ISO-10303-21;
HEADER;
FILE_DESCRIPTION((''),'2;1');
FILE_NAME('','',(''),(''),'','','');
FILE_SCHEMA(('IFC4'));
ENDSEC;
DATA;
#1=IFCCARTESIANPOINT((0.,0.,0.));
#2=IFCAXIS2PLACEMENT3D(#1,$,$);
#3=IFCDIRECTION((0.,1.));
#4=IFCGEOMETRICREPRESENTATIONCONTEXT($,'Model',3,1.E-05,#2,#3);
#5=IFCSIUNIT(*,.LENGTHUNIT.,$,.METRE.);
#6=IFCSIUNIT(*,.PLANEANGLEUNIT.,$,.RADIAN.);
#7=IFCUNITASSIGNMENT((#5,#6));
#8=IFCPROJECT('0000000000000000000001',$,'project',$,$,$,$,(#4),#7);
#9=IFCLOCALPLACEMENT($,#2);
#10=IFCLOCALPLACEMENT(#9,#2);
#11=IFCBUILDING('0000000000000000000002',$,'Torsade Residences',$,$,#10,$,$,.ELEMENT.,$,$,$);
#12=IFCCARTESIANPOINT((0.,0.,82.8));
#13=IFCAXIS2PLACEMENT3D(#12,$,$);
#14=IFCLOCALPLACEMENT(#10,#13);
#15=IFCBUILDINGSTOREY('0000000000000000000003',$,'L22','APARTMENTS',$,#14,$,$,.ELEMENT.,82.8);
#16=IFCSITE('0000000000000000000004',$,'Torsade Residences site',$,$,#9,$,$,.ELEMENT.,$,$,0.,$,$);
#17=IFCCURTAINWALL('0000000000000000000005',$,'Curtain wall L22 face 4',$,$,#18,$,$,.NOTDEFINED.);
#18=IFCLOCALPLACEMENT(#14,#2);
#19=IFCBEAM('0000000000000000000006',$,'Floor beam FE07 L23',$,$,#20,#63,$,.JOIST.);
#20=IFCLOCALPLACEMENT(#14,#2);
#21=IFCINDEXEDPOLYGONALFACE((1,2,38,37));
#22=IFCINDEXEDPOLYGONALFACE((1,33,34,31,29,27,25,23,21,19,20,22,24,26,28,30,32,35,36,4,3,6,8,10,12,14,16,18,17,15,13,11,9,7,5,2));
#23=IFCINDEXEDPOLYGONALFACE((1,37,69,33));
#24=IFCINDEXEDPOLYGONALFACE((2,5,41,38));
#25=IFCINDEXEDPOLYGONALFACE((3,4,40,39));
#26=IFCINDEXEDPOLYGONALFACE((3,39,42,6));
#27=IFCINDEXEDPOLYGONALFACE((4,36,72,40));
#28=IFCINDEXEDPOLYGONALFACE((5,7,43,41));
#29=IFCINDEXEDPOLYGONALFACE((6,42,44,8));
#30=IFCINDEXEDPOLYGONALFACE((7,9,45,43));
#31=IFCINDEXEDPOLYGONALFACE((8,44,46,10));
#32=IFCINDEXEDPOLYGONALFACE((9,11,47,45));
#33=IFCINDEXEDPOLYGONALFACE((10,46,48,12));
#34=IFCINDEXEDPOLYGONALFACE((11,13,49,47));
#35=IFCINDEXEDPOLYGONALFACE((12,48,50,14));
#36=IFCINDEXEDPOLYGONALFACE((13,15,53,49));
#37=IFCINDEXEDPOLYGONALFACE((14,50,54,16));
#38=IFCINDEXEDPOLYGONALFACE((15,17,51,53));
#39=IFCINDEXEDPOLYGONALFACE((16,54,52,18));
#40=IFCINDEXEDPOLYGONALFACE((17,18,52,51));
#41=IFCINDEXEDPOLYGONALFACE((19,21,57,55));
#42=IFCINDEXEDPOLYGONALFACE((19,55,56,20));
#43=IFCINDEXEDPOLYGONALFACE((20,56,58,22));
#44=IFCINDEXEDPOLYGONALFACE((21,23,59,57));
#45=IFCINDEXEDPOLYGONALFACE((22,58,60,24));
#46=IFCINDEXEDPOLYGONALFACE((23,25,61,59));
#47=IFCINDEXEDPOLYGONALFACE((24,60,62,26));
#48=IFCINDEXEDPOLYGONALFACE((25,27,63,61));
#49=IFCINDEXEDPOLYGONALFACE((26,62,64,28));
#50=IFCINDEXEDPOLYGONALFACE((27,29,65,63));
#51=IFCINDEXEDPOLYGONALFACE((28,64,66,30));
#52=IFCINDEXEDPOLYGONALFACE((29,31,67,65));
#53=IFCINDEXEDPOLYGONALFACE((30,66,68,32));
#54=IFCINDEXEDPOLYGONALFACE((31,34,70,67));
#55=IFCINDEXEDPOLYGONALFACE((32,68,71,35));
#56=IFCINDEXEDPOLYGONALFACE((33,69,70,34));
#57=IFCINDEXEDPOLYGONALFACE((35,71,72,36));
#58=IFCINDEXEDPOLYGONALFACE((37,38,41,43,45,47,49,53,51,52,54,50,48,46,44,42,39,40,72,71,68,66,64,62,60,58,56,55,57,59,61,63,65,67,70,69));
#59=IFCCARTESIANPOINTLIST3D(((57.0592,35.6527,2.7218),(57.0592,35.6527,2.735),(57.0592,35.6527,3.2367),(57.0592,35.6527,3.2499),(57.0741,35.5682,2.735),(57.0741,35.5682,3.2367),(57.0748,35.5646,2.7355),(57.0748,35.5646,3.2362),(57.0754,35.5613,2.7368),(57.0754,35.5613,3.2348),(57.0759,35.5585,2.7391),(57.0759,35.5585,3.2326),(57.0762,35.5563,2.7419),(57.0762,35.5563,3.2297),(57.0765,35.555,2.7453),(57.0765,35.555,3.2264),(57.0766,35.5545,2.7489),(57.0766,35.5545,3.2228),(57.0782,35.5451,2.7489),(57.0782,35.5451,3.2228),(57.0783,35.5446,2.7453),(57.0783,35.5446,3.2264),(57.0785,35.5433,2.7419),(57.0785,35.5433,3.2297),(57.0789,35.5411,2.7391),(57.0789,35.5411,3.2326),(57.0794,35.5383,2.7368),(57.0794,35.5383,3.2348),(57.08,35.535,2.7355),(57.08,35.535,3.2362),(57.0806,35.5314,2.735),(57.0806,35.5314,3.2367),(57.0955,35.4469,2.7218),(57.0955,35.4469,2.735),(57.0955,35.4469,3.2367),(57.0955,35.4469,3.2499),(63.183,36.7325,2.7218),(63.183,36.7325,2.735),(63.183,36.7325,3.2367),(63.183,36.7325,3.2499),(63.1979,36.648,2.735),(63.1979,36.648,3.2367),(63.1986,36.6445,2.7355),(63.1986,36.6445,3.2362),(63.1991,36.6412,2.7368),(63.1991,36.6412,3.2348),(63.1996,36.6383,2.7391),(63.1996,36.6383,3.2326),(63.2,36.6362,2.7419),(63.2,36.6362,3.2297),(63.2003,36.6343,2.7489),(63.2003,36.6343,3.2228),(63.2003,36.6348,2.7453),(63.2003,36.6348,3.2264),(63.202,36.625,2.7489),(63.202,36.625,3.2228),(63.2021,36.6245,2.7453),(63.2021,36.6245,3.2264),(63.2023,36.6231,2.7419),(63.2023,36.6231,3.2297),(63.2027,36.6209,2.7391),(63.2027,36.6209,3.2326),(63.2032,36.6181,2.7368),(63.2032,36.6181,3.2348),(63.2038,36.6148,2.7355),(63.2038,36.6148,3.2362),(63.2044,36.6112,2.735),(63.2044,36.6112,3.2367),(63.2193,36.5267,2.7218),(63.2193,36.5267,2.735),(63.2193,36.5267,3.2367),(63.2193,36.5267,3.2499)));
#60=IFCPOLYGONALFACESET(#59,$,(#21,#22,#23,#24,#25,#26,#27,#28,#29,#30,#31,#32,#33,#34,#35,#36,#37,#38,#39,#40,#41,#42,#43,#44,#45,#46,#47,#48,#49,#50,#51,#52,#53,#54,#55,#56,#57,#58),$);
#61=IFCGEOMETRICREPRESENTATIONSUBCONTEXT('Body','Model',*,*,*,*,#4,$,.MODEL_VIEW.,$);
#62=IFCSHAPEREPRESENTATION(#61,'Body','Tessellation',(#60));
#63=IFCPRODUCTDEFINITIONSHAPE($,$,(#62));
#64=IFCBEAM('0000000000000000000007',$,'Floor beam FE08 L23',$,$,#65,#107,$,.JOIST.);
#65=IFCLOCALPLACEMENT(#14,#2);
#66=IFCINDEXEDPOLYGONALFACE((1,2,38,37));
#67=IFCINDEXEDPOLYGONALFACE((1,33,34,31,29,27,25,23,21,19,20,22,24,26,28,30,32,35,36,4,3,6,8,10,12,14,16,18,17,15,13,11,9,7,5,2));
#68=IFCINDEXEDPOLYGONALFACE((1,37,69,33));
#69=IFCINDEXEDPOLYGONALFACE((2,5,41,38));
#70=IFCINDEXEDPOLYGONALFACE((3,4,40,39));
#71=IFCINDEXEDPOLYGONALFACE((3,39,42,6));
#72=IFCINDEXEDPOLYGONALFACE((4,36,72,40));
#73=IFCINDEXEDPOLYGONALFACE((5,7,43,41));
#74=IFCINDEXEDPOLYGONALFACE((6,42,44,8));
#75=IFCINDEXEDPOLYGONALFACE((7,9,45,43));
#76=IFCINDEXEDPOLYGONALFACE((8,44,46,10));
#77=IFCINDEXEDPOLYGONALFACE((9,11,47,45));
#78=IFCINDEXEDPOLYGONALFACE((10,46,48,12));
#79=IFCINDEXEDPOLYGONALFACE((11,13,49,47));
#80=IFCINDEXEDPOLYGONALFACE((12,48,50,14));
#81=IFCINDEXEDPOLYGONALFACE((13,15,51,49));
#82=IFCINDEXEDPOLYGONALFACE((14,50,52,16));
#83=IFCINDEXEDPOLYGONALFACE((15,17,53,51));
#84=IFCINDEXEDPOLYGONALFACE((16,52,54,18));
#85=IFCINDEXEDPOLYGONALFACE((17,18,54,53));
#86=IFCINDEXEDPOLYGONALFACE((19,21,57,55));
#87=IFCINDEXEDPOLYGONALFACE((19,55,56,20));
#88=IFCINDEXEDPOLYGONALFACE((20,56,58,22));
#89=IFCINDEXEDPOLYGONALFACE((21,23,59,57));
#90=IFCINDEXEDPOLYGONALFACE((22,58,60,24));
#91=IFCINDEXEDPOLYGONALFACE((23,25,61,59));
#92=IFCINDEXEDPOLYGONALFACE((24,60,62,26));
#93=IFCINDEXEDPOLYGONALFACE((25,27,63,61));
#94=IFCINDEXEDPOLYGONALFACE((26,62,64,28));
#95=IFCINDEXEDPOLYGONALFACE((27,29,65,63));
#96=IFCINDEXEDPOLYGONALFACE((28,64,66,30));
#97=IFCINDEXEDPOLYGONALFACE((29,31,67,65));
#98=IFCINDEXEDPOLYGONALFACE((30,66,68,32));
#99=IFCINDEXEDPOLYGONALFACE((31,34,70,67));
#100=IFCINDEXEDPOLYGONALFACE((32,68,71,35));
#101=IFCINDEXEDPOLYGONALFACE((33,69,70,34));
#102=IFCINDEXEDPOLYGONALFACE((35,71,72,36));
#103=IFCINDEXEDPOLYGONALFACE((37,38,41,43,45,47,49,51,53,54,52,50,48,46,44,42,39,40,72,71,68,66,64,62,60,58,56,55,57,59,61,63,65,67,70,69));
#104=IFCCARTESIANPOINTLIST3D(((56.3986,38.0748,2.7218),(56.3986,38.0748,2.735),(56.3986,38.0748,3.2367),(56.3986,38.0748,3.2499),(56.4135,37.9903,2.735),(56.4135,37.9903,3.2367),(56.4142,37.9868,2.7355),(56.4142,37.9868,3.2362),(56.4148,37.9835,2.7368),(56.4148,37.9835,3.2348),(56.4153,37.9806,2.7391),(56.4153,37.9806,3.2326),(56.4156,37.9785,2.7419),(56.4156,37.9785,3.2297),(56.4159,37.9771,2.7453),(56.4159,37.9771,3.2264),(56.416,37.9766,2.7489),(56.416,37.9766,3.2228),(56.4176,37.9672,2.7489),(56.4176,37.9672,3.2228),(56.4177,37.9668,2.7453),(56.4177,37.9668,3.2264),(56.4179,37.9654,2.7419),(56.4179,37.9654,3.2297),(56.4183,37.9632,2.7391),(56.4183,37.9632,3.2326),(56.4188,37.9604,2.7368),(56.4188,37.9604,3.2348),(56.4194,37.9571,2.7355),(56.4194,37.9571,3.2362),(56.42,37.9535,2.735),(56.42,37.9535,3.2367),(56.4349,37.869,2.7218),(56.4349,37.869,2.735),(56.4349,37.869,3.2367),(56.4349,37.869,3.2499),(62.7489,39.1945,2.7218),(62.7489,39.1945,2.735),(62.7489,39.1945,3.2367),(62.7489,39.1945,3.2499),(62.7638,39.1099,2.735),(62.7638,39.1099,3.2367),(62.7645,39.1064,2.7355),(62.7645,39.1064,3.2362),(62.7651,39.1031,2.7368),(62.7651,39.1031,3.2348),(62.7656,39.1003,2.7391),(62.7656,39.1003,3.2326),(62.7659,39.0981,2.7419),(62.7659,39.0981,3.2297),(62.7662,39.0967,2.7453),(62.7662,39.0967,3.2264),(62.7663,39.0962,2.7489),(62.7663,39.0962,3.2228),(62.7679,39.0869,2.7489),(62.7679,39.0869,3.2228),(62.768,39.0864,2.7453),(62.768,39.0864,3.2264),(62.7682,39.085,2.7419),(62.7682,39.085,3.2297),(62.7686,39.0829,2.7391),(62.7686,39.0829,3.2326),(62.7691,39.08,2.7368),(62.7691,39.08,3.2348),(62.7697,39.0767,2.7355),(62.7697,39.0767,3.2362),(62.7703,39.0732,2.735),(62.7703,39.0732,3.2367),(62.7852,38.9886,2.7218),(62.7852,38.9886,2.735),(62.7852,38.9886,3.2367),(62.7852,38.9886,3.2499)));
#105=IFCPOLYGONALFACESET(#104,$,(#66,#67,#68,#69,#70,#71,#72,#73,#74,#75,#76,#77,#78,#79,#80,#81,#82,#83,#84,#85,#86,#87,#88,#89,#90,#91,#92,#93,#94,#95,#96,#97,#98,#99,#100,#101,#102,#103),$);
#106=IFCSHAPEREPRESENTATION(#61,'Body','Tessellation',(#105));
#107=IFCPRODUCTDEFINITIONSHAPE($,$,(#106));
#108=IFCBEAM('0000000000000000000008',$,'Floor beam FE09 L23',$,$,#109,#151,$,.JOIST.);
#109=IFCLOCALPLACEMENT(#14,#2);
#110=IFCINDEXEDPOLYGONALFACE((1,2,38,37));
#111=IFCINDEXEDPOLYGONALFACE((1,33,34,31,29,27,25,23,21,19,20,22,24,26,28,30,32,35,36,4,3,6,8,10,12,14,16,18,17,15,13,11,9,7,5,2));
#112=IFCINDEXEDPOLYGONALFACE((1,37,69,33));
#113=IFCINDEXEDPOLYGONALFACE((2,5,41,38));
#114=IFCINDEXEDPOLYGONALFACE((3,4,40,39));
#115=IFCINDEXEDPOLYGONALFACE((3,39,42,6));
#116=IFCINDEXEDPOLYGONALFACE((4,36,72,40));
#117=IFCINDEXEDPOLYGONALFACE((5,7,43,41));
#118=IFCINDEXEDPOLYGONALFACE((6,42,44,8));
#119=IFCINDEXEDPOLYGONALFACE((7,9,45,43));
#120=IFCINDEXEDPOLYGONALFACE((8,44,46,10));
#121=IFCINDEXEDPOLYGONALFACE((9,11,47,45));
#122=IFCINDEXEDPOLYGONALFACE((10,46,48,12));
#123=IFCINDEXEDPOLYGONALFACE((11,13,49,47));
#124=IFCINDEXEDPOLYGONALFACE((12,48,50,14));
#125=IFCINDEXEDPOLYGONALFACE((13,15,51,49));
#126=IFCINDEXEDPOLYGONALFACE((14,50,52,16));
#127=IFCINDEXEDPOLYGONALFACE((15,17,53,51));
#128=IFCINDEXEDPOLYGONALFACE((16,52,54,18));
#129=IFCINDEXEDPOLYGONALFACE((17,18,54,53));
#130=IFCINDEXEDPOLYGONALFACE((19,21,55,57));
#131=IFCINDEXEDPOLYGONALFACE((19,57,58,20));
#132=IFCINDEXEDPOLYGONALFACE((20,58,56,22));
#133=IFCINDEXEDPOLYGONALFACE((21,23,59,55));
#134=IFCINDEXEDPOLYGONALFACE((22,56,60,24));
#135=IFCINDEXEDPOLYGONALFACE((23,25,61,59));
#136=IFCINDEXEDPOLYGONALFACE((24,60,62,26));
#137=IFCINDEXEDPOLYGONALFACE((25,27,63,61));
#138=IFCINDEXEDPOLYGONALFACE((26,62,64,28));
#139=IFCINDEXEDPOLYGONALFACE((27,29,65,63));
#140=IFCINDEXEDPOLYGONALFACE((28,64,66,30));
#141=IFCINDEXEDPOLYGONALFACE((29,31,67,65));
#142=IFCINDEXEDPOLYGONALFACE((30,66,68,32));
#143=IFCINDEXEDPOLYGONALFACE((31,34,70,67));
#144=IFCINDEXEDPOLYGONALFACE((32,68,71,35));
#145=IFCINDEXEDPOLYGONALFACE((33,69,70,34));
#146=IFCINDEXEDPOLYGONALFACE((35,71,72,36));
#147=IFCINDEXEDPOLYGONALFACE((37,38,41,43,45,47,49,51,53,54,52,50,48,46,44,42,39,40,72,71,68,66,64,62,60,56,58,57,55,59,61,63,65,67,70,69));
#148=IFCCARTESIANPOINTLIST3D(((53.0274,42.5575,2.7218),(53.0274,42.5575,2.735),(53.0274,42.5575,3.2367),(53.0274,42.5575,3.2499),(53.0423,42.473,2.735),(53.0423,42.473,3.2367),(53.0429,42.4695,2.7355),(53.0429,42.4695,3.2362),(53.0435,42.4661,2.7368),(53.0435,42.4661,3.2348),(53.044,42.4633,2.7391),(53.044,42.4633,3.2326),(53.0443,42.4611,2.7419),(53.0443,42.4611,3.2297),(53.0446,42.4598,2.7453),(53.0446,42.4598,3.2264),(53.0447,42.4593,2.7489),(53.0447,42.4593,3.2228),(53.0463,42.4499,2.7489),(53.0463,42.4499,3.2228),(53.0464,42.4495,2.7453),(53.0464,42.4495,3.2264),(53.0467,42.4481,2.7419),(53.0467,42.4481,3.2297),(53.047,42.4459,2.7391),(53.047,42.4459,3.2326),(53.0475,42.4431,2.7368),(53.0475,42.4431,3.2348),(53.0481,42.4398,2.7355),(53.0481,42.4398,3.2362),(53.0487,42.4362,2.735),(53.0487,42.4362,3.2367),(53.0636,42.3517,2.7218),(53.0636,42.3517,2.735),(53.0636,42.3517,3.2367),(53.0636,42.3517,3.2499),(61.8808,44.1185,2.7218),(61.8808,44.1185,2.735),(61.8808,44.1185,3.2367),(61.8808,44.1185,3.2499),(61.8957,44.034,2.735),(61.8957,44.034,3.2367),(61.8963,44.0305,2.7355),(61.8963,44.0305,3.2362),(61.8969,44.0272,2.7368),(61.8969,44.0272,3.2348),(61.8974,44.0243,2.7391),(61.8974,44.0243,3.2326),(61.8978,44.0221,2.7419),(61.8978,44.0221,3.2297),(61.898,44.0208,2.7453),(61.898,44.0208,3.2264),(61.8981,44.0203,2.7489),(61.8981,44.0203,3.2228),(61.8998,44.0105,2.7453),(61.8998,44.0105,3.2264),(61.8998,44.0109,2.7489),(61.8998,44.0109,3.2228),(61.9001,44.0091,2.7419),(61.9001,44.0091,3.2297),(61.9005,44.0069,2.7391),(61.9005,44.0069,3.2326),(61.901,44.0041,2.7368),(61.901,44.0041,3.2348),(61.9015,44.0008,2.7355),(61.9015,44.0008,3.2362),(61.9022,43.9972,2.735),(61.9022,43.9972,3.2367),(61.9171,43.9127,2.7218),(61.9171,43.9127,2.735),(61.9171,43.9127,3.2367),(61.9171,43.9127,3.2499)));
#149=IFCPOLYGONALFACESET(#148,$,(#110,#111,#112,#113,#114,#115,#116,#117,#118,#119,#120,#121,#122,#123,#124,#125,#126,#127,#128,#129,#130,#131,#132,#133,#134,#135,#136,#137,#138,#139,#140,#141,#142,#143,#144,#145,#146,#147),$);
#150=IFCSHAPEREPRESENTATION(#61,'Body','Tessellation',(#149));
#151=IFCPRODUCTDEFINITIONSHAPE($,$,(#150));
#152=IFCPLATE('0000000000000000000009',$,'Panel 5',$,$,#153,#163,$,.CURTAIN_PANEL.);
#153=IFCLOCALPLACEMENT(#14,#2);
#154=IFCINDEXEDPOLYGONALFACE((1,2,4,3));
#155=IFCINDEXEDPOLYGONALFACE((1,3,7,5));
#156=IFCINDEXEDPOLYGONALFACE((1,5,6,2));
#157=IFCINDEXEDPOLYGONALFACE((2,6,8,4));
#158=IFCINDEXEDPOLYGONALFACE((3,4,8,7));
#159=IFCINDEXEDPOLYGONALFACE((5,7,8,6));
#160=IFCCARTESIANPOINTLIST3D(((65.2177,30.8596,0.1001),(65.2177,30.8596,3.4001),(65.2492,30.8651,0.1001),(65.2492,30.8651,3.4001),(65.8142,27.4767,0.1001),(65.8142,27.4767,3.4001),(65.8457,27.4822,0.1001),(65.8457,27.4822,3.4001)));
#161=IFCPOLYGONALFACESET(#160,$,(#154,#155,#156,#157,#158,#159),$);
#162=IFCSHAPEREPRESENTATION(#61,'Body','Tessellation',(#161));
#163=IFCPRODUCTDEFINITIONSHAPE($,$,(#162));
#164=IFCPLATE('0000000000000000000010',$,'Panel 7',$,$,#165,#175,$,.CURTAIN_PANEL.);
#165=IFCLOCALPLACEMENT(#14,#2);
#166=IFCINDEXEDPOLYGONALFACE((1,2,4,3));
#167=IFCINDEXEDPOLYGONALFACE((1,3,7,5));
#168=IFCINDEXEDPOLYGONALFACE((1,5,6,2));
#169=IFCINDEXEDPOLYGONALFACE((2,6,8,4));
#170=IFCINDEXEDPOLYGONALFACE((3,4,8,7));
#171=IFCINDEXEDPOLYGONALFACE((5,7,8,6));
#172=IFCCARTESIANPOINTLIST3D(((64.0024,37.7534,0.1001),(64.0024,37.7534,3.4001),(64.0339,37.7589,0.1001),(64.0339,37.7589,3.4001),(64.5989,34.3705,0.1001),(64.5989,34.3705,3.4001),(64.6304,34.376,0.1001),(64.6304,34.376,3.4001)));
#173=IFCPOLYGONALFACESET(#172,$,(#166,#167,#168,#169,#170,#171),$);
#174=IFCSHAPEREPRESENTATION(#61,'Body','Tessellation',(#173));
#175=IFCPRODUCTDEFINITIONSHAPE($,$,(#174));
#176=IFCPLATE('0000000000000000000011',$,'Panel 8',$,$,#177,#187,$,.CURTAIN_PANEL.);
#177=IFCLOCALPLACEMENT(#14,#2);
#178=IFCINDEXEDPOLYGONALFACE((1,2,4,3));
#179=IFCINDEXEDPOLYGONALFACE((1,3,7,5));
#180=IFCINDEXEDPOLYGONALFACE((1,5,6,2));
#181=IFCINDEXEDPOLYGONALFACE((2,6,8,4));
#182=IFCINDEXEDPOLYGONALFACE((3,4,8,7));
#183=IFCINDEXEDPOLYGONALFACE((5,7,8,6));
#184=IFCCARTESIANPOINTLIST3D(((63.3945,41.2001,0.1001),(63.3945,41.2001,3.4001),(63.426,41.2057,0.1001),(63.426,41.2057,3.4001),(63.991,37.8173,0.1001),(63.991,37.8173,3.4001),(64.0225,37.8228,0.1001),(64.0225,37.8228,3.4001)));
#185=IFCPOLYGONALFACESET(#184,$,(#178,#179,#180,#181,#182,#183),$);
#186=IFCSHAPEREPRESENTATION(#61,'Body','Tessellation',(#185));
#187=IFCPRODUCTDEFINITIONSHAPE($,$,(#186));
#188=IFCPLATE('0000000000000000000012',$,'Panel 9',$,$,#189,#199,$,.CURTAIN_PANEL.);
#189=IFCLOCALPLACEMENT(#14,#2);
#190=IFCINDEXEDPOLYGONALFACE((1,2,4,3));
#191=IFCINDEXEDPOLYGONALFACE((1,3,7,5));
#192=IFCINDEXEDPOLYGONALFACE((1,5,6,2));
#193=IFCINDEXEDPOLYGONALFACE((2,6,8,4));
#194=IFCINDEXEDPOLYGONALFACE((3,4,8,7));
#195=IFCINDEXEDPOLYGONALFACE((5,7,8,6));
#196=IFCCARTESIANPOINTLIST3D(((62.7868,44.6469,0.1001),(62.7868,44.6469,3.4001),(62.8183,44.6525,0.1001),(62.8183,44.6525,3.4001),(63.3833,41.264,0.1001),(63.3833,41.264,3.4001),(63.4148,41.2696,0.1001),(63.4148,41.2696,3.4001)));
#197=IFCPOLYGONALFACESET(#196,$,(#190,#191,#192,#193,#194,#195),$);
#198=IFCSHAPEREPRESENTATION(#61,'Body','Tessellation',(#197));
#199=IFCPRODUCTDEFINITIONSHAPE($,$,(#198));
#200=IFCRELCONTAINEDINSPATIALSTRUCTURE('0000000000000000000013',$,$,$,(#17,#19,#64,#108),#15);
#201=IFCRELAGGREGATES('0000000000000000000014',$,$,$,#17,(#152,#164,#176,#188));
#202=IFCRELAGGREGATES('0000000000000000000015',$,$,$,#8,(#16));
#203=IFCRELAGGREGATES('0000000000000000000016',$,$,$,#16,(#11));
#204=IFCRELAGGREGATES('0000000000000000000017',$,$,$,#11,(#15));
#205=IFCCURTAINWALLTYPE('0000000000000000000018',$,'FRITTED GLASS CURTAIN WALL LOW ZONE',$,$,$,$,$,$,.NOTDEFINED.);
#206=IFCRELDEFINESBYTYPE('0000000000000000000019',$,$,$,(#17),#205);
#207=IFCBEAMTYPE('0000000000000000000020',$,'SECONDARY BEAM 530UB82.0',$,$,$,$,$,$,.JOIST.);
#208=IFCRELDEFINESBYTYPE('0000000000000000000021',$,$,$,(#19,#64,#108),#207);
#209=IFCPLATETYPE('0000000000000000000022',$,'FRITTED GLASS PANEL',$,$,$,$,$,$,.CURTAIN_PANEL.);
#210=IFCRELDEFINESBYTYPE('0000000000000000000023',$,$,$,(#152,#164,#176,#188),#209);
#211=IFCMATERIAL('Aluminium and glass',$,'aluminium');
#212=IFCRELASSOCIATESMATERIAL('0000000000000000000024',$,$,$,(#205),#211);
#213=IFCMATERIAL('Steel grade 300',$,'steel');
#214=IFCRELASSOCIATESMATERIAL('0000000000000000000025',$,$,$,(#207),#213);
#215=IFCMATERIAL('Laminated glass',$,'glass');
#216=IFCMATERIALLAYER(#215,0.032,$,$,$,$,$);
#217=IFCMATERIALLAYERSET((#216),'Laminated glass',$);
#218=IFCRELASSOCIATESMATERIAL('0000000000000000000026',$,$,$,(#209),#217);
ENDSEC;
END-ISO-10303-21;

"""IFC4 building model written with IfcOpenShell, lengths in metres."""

from ifc_helpers import new_model, si_unit, direction, frame, origin, origin_2d, place, context, subcontext, project, spatial, rectangle, i_section, extrude, material, layer, layer_set, material_profile, profile_set, type_object, element, aggregate, save


model = new_model("IFC4")

# Units and contexts
model_context = context("Model", 3, precision=1e-05, world=origin(), true_north=direction((0.0, 1.0)))
body_context = subcontext(model_context, "Body", "Model", "MODEL_VIEW")
ifc_project = project(units=[si_unit("LENGTHUNIT", "METRE"), si_unit("PLANEANGLEUNIT", "RADIAN")], contexts=[model_context])

# Site, building, storey
site_placement = place(None, origin())
site = spatial("IfcSite", under=ifc_project, at=site_placement, Name="Torsade Residences site", CompositionType="ELEMENT", RefElevation=0.0)
building_placement = place(site_placement, origin())
building = spatial("IfcBuilding", under=site, at=building_placement, Name="Torsade Residences", CompositionType="ELEMENT")
storey_placement = place(building_placement, frame((0.0, 0.0, 82.8)))
storey = spatial("IfcBuildingStorey", under=building, at=storey_placement, Name="L22", Description="APARTMENTS", CompositionType="ELEMENT", Elevation=82.8)

# Curtain wall
ifc_material_1 = material(Name="Aluminium and glass", Category="aluminium")
curtain_wall_type = type_object("IfcCurtainWallType", Name="FRITTED GLASS CURTAIN WALL LOW ZONE", PredefinedType="NOTDEFINED", material=ifc_material_1)
curtain_wall_placement = place(storey_placement, origin())
curtain_wall = element("IfcCurtainWall", 1, at=curtain_wall_placement, inside=storey, type_object=curtain_wall_type, Name="Curtain wall L22 face 4", PredefinedType="NOTDEFINED")

# Beams
ifc_material_2 = material(Name="Steel grade 300", Category="steel")
ifc_material_profile_1 = material_profile(ifc_material_2, i_section(OverallWidth=0.209, OverallDepth=0.5281, WebThickness=0.0095, FlangeThickness=0.0132, FilletRadius=0.0139, at=origin_2d()), Name="530UB82.0")
ifc_profile_set_1 = profile_set([ifc_material_profile_1], Name="Steel grade 300")
beam_type_1 = type_object("IfcBeamType", Name="SECONDARY BEAM 530UB82.0", PredefinedType="JOIST", material=ifc_profile_set_1)
beam_1_placement = place(storey_placement, frame((63.2012, 36.6296, 2.9858), z_axis=(-0.984806, -0.173655, 0.0), x_axis=(0.173655, -0.984806, 0.0)))
element("IfcBeam", 2, at=beam_1_placement, inside=storey, type_object=beam_type_1, Name="Floor beam FE07 L23", PredefinedType="JOIST", context=body_context, shape_type="SweptSolid", body=[
    extrude(i_section(OverallWidth=0.209, OverallDepth=0.5281, WebThickness=0.0095, FlangeThickness=0.0132, FilletRadius=0.0139, at=origin_2d()), origin(), (0.0, 0.0, 1.0), 6.2183),
])
beam_2_placement = place(storey_placement, frame((62.7671, 39.0916, 2.9858), z_axis=(-0.984811, -0.173632, 0.0), x_axis=(0.173632, -0.984811, 0.0)))
element("IfcBeam", 3, at=beam_2_placement, inside=storey, type_object=beam_type_1, Name="Floor beam FE08 L23", PredefinedType="JOIST", context=body_context, shape_type="SweptSolid", body=[
    extrude(i_section(OverallWidth=0.209, OverallDepth=0.5281, WebThickness=0.0095, FlangeThickness=0.0132, FilletRadius=0.0139, at=origin_2d()), origin(), (0.0, 0.0, 1.0), 6.4482),
])
beam_3_placement = place(storey_placement, frame((61.8989, 44.0156, 2.9858), z_axis=(-0.984809, -0.17364, 0.0), x_axis=(0.17364, -0.984809, 0.0)))
element("IfcBeam", 4, at=beam_3_placement, inside=storey, type_object=beam_type_1, Name="Floor beam FE09 L23", PredefinedType="JOIST", context=body_context, shape_type="SweptSolid", body=[
    extrude(i_section(OverallWidth=0.209, OverallDepth=0.5281, WebThickness=0.0095, FlangeThickness=0.0132, FilletRadius=0.0139, at=origin_2d()), origin(), (0.0, 0.0, 1.0), 8.99),
])

# Plates
ifc_material_3 = material(Name="Laminated glass", Category="glass")
ifc_layer_1 = layer(ifc_material_3, 0.032)
ifc_layer_set_1 = layer_set([ifc_layer_1], Name="Laminated glass")
plate_type_1 = type_object("IfcPlateType", Name="FRITTED GLASS PANEL", PredefinedType="CURTAIN_PANEL", material=ifc_layer_set_1)
plate_1_placement = place(storey_placement, frame((65.5317, 29.1709, 0.1001), z_axis=(0.0, 0.0, 1.0), x_axis=(-0.173648, 0.984808, 0.0)))
plate_1 = element("IfcPlate", 5, at=plate_1_placement, type_object=plate_type_1, Name="Panel 5", PredefinedType="CURTAIN_PANEL", context=body_context, shape_type="SweptSolid", body=[
    extrude(rectangle(XDim=3.4351, YDim=0.032, at=origin_2d()), origin(), (0.0, 0.0, 1.0), 3.3),
])
plate_2_placement = place(storey_placement, frame((64.3164, 36.0647, 0.1001), z_axis=(0.0, 0.0, 1.0), x_axis=(-0.173648, 0.984808, 0.0)))
plate_2 = element("IfcPlate", 6, at=plate_2_placement, type_object=plate_type_1, Name="Panel 7", PredefinedType="CURTAIN_PANEL", context=body_context, shape_type="SweptSolid", body=[
    extrude(rectangle(XDim=3.4351, YDim=0.032, at=origin_2d()), origin(), (0.0, 0.0, 1.0), 3.3),
])
plate_3_placement = place(storey_placement, frame((63.7085, 39.5115, 0.1001), z_axis=(0.0, 0.0, 1.0), x_axis=(-0.173648, 0.984808, 0.0)))
plate_3 = element("IfcPlate", 7, at=plate_3_placement, type_object=plate_type_1, Name="Panel 8", PredefinedType="CURTAIN_PANEL", context=body_context, shape_type="SweptSolid", body=[
    extrude(rectangle(XDim=3.4351, YDim=0.032, at=origin_2d()), origin(), (0.0, 0.0, 1.0), 3.3),
])
plate_4_placement = place(storey_placement, frame((63.1008, 42.9583, 0.1001), z_axis=(0.0, 0.0, 1.0), x_axis=(-0.173648, 0.984808, 0.0)))
plate_4 = element("IfcPlate", 8, at=plate_4_placement, type_object=plate_type_1, Name="Panel 9", PredefinedType="CURTAIN_PANEL", context=body_context, shape_type="SweptSolid", body=[
    extrude(rectangle(XDim=3.4351, YDim=0.032, at=origin_2d()), origin(), (0.0, 0.0, 1.0), 3.3),
])
aggregate(curtain_wall, [plate_1, plate_2, plate_3, plate_4])

save(model, "model.ifc")
